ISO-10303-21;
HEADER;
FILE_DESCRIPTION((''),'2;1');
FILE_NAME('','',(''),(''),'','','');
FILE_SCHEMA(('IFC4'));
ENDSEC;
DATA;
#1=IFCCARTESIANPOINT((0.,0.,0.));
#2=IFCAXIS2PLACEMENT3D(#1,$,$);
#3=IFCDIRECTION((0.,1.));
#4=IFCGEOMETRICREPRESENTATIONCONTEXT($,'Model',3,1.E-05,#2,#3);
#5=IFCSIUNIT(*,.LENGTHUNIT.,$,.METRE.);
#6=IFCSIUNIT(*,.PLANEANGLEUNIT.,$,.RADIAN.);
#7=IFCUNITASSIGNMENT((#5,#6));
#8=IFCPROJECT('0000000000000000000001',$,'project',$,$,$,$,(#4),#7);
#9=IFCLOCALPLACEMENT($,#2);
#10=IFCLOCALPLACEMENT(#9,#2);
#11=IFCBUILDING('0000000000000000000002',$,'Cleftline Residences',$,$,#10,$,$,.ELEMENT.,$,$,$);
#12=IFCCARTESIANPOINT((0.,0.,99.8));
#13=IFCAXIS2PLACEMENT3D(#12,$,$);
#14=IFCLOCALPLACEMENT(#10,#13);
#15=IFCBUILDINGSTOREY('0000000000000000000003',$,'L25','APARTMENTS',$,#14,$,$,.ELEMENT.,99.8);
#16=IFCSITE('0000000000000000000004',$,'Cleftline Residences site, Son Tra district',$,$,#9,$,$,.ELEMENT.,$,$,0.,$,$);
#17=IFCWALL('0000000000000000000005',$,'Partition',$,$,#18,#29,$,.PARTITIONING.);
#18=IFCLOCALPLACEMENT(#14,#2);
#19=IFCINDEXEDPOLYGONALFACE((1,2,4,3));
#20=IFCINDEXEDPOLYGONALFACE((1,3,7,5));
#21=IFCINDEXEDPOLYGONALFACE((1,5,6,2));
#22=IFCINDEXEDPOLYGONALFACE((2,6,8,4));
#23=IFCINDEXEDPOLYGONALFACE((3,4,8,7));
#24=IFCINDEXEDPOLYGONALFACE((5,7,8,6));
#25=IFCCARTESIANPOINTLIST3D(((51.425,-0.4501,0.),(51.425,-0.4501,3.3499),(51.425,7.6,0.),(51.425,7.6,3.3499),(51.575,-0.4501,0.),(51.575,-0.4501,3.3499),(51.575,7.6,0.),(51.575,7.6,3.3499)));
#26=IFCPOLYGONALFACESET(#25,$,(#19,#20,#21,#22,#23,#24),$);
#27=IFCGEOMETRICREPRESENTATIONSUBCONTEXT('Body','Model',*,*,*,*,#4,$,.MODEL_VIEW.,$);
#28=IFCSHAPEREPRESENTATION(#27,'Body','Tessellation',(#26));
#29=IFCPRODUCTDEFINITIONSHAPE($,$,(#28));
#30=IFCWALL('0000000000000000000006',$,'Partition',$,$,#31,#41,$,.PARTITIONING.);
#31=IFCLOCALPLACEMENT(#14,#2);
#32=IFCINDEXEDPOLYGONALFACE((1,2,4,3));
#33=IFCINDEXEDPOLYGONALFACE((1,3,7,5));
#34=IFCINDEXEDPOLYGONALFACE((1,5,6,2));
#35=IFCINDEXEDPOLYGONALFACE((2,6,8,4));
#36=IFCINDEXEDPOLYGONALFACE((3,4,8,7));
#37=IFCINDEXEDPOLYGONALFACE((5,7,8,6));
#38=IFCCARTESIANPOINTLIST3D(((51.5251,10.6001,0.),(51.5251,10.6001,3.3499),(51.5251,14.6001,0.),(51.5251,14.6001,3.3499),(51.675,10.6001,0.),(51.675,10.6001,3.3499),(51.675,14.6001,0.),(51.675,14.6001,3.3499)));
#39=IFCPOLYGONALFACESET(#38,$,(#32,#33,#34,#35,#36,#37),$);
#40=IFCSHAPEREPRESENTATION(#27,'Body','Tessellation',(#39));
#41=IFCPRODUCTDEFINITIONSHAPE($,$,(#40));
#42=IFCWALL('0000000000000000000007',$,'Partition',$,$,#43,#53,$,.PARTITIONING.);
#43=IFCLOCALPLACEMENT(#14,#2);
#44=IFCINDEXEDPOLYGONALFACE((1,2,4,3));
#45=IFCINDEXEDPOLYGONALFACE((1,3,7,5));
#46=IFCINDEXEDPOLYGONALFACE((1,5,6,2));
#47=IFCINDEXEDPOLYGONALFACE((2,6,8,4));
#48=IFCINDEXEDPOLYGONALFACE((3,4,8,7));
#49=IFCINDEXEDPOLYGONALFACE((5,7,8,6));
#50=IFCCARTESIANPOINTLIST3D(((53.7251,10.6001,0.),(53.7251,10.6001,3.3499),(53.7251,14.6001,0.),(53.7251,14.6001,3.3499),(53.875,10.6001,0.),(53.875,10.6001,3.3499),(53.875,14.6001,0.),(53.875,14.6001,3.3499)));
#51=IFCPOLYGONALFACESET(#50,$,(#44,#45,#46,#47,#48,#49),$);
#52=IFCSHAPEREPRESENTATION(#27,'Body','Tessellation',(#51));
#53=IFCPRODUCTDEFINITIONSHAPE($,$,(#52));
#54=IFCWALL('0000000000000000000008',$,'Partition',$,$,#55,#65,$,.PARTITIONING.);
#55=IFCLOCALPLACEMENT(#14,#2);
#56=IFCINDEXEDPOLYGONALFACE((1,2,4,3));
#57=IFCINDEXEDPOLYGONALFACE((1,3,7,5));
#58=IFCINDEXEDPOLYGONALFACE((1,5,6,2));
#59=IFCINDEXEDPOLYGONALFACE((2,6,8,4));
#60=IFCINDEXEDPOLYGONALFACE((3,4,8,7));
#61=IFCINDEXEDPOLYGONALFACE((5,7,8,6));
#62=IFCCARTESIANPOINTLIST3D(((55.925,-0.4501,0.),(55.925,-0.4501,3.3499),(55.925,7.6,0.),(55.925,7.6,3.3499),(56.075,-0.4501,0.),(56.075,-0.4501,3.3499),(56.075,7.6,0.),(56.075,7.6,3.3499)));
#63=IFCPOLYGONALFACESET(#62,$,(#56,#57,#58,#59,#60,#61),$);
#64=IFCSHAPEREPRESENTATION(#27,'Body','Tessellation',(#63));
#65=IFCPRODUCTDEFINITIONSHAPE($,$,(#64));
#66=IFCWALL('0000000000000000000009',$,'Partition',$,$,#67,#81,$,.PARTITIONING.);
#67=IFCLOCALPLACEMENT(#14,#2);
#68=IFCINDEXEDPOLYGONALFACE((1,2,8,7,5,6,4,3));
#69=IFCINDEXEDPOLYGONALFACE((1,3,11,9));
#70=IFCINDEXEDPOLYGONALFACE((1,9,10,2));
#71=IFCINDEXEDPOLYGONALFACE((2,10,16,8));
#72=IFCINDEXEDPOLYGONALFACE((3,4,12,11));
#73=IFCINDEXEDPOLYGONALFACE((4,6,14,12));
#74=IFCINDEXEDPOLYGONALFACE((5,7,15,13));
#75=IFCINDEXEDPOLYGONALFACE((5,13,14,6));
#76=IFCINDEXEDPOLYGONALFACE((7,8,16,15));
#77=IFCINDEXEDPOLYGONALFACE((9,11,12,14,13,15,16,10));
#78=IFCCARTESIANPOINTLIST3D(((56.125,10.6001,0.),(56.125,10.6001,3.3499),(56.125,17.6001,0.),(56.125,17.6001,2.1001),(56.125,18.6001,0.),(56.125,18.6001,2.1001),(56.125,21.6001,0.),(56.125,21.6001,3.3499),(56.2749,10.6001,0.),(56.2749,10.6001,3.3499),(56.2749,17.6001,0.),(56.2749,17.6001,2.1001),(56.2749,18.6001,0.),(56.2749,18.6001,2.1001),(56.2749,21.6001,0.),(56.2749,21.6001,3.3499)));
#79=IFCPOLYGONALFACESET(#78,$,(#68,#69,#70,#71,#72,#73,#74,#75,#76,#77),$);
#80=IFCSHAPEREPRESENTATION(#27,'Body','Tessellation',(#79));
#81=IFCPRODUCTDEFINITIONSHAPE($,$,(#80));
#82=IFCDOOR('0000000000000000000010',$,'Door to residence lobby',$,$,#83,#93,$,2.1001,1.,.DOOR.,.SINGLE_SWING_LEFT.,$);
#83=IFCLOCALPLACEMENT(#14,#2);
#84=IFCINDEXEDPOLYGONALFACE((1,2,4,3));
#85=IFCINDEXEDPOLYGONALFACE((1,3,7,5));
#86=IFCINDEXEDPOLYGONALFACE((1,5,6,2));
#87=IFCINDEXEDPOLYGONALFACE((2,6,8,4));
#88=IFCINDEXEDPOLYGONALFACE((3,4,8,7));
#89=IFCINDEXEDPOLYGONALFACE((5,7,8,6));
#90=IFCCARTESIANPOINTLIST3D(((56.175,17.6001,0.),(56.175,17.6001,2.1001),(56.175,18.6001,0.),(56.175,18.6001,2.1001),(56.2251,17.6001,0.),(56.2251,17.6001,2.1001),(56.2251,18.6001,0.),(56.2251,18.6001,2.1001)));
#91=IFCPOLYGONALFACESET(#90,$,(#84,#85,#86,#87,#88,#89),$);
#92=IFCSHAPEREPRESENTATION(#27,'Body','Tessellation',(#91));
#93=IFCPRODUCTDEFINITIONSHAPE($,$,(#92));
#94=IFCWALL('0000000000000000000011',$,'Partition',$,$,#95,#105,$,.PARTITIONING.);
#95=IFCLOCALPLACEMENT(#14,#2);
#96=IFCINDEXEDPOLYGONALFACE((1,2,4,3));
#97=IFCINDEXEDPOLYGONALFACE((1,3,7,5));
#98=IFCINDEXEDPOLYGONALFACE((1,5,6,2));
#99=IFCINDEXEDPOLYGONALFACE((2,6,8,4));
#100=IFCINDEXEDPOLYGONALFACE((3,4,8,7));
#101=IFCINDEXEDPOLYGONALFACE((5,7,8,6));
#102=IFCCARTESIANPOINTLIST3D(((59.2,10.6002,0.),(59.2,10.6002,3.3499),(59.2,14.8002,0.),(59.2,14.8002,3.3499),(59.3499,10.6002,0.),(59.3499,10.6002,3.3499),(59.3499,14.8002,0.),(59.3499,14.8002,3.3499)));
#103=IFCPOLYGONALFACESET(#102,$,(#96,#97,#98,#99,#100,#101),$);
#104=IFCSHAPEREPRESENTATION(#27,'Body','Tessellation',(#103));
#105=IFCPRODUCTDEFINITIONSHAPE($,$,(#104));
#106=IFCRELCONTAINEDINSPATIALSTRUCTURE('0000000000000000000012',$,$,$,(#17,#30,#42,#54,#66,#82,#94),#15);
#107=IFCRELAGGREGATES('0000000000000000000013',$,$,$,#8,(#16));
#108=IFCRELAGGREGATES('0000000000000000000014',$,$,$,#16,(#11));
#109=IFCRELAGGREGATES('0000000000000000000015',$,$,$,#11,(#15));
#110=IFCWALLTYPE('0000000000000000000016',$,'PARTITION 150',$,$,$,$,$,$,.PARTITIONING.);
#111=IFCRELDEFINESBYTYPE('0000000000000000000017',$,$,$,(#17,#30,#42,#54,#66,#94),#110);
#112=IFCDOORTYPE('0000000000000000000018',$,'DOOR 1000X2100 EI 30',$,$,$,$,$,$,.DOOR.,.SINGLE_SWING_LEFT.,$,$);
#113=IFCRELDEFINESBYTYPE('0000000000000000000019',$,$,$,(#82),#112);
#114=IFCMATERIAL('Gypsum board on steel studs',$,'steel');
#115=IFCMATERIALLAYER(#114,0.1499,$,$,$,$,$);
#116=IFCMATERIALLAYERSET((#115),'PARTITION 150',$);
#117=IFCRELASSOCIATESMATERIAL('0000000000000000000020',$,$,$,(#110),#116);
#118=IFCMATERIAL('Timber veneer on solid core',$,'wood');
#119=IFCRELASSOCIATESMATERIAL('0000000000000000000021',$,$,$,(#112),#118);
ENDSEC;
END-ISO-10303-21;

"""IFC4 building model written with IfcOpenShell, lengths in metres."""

from ifc_helpers import new_model, si_unit, direction, frame, frame_2d, origin, place, context, subcontext, project, spatial, rectangle, extrude, material, layer, layer_set, type_object, element, fill, save


model = new_model("IFC4")

# Units and contexts
model_context = context("Model", 3, precision=1e-05, world=origin(), true_north=direction((0.0, 1.0)))
body_context = subcontext(model_context, "Body", "Model", "MODEL_VIEW")
ifc_project = project(units=[si_unit("LENGTHUNIT", "METRE"), si_unit("PLANEANGLEUNIT", "RADIAN")], contexts=[model_context])

# Site, building, storey
site_placement = place(None, origin())
site = spatial("IfcSite", under=ifc_project, at=site_placement, Name="Cleftline Residences site, Son Tra district", CompositionType="ELEMENT", RefElevation=0.0)
building_placement = place(site_placement, origin())
building = spatial("IfcBuilding", under=site, at=building_placement, Name="Cleftline Residences", CompositionType="ELEMENT")
storey_placement = place(building_placement, frame((0.0, 0.0, 99.8)))
storey = spatial("IfcBuildingStorey", under=building, at=storey_placement, Name="L25", Description="APARTMENTS", CompositionType="ELEMENT", Elevation=99.8)

# Shared definitions
ifc_material_1 = material(Name="Gypsum board on steel studs", Category="steel")
ifc_layer_1 = layer(ifc_material_1, 0.1499)
ifc_layer_set_1 = layer_set([ifc_layer_1], Name="PARTITION 150")
wall_type_1 = type_object("IfcWallType", Name="PARTITION 150", PredefinedType="PARTITIONING", material=ifc_layer_set_1)

# Walls
wall_1_placement = place(storey_placement, frame((51.5, -0.45, 0.0), z_axis=(0.0, 0.0, 1.0), x_axis=(0.0, 1.0, 0.0)))
element("IfcWall", 1, at=wall_1_placement, inside=storey, type_object=wall_type_1, Name="Partition", PredefinedType="PARTITIONING", context=body_context, shape_type="SweptSolid", body=[
    extrude(rectangle(XDim=8.05, YDim=0.1499, at=frame_2d((4.0249, 0.0))), origin(), (0.0, 0.0, 1.0), 3.3499),
])
for number, where, z_axis, x_axis, name in (
    (2, (51.6001, 10.6001, 0.0), (0.0, 0.0, 1.0), (0.0, 1.0, 0.0), "Partition"),
    (3, (53.8, 10.6001, 0.0), (0.0, 0.0, 1.0), (0.0, 1.0, 0.0), "Partition"),
):
    element("IfcWall", number, at=place(storey_placement, frame(where, z_axis=z_axis, x_axis=x_axis)), inside=storey, type_object=wall_type_1, Name=name, PredefinedType="PARTITIONING", context=body_context, shape_type="SweptSolid", body=[
        extrude(rectangle(XDim=4.0, YDim=0.1499, at=frame_2d((2.0, 0.0))), origin(), (0.0, 0.0, 1.0), 3.3499),
    ])
wall_2_placement = place(storey_placement, frame((56.0, -0.45, 0.0), z_axis=(0.0, 0.0, 1.0), x_axis=(0.0, 1.0, 0.0)))
element("IfcWall", 4, at=wall_2_placement, inside=storey, type_object=wall_type_1, Name="Partition", PredefinedType="PARTITIONING", context=body_context, shape_type="SweptSolid", body=[
    extrude(rectangle(XDim=8.05, YDim=0.1499, at=frame_2d((4.0249, 0.0))), origin(), (0.0, 0.0, 1.0), 3.3499),
])

# Wall, opening, door
wall_3_placement = place(storey_placement, frame((56.2, 10.6001, 0.0), z_axis=(0.0, 0.0, 1.0), x_axis=(0.0, 1.0, 0.0)))
wall_3 = element("IfcWall", 5, at=wall_3_placement, inside=storey, type_object=wall_type_1, Name="Partition", PredefinedType="PARTITIONING", context=body_context, shape_type="SweptSolid", body=[
    extrude(rectangle(XDim=11.0, YDim=0.1499, at=frame_2d((5.5, 0.0))), origin(), (0.0, 0.0, 1.0), 3.3499),
])
opening_1_placement = place(wall_3_placement, frame((7.0, 0.0, 0.0)))
opening_1 = element("IfcOpeningElement", 6, at=opening_1_placement, cuts=wall_3, PredefinedType="OPENING", context=body_context, shape_type="SweptSolid", body=[
    extrude(rectangle(XDim=1.0, YDim=2.1001, at=frame_2d((0.5, 1.05))), frame((0.0, 0.085, 0.0), z_axis=(0.0, -1.0, 0.0), x_axis=(1.0, 0.0, 0.0)), (0.0, 0.0, 1.0), 0.1699),
])
ifc_material_2 = material(Name="Timber veneer on solid core", Category="wood")
door_type_1 = type_object("IfcDoorType", Name="DOOR 1000X2100 EI 30", OperationType="SINGLE_SWING_LEFT", PredefinedType="DOOR", material=ifc_material_2)
door_1_placement = place(opening_1_placement, origin())
door_1 = element("IfcDoor", 7, at=door_1_placement, inside=storey, type_object=door_type_1, Name="Door to residence lobby", OperationType="SINGLE_SWING_LEFT", OverallHeight=2.1001, OverallWidth=1.0, PredefinedType="DOOR", context=body_context, shape_type="SweptSolid", body=[
    extrude(rectangle(XDim=1.0, YDim=2.1001, at=frame_2d((0.5, 1.05))), frame((0.0, 0.0249, 0.0), z_axis=(0.0, -1.0, 0.0), x_axis=(1.0, 0.0, 0.0)), (0.0, 0.0, 1.0), 0.05),
])
fill(opening_1, door_1)

# Wall
wall_4_placement = place(storey_placement, frame((59.2749, 10.6001, 0.0), z_axis=(0.0, 0.0, 1.0), x_axis=(0.0, 1.0, 0.0)))
element("IfcWall", 8, at=wall_4_placement, inside=storey, type_object=wall_type_1, Name="Partition", PredefinedType="PARTITIONING", context=body_context, shape_type="SweptSolid", body=[
    extrude(rectangle(XDim=4.2, YDim=0.1499, at=frame_2d((2.1001, 0.0))), origin(), (0.0, 0.0, 1.0), 3.3499),
])

save(model, "model.ifc")
